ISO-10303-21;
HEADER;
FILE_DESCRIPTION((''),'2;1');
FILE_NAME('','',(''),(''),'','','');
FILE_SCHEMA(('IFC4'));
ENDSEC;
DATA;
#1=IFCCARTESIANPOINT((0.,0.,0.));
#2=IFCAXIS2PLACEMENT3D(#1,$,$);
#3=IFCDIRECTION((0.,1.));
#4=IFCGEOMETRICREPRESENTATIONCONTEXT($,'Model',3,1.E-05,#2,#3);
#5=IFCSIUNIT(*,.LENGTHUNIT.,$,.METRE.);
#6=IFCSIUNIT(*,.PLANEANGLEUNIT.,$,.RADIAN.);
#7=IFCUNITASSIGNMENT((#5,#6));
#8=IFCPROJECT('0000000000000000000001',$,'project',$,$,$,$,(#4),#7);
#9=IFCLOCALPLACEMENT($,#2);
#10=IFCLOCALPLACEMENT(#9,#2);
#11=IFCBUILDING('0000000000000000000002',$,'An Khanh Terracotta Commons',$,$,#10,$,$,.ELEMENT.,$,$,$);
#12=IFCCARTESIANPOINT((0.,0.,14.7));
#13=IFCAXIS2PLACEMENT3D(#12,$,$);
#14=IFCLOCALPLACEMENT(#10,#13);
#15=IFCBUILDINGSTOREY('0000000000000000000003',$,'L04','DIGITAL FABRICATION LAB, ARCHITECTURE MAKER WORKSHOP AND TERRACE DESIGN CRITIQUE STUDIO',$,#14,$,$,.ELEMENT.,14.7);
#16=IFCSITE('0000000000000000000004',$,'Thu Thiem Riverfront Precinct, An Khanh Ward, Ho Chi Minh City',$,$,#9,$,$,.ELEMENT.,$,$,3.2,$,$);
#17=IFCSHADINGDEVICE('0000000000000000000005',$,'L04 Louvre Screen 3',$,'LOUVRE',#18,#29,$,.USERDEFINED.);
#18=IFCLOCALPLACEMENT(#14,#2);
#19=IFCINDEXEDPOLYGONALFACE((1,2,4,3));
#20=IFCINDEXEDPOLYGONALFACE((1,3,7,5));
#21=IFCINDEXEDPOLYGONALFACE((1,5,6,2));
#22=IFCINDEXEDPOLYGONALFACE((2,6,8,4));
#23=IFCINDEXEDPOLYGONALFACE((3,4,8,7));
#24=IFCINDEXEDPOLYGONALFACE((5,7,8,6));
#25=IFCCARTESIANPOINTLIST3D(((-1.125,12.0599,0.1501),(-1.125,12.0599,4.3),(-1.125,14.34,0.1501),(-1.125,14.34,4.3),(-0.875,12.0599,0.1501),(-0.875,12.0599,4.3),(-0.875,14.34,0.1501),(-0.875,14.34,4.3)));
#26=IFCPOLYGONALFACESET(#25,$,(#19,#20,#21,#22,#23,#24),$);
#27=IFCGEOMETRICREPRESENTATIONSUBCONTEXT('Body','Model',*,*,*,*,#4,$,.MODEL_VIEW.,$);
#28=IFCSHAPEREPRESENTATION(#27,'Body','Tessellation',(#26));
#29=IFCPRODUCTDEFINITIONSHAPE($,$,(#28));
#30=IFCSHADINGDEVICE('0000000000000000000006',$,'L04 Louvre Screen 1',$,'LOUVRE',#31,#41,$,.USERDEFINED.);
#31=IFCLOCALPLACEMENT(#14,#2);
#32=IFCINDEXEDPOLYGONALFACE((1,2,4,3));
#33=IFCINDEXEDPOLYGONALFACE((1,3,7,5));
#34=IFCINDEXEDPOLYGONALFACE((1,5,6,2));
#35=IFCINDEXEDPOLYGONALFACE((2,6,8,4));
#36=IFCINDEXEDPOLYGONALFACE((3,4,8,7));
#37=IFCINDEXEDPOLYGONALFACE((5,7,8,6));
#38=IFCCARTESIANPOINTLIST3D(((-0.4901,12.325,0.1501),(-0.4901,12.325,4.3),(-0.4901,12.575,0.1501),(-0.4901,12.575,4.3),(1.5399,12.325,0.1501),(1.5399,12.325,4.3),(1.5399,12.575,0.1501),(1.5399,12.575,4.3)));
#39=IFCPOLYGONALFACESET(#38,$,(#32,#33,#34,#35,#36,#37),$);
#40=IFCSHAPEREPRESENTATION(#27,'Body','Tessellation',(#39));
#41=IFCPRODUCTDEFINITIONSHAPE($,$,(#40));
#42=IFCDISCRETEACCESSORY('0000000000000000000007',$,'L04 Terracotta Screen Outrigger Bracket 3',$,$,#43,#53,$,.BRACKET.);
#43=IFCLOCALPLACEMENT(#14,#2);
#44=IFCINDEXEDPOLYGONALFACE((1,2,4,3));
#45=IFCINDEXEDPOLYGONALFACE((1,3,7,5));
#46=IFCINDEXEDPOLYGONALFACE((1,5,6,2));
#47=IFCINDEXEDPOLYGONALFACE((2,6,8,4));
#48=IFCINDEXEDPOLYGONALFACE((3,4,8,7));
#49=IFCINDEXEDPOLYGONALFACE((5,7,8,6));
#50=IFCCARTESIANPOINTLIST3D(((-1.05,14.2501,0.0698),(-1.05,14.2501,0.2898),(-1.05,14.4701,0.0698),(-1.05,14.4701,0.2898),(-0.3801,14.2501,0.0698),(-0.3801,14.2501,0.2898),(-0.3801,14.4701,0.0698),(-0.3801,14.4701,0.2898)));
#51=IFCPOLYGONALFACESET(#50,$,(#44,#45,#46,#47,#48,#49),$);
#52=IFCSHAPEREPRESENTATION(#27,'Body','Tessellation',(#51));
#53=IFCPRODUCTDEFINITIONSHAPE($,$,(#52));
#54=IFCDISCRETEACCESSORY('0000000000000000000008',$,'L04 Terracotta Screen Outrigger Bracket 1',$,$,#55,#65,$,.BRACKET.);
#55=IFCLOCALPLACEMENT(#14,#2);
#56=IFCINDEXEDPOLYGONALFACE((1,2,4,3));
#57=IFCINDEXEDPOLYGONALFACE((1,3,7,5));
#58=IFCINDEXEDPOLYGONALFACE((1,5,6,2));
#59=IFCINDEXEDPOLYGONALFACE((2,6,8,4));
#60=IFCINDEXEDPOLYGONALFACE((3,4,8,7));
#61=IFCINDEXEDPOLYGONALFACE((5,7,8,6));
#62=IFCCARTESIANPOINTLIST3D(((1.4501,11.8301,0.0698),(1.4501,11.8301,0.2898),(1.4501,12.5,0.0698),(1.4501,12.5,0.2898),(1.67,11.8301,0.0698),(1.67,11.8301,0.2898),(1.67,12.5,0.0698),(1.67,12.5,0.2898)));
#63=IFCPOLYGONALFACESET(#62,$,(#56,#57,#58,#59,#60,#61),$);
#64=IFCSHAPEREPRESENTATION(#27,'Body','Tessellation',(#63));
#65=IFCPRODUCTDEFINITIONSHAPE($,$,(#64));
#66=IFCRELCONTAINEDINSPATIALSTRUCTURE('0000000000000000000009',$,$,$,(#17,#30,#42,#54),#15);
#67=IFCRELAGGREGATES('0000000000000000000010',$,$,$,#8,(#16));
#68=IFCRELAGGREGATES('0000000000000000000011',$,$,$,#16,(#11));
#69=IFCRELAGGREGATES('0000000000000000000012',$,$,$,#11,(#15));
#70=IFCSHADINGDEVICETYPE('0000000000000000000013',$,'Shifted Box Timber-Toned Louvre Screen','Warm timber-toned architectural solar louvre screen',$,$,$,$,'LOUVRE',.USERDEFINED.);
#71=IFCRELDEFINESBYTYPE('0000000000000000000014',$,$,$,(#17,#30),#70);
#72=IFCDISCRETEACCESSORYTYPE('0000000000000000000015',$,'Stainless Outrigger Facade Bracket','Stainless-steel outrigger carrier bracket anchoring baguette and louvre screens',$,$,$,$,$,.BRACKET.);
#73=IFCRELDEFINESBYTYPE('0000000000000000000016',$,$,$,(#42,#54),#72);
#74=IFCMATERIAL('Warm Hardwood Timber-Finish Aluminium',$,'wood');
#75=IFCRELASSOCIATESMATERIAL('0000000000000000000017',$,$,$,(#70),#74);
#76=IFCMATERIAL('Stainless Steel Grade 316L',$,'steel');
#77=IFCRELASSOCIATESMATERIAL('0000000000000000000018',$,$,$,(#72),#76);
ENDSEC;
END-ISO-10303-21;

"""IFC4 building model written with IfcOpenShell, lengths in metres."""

from ifc_helpers import new_model, si_unit, direction, frame, origin, origin_2d, place, context, subcontext, project, spatial, rectangle, extrude, material, type_object, element, save


model = new_model("IFC4")

# Units and contexts
model_context = context("Model", 3, precision=1e-05, world=origin(), true_north=direction((0.0, 1.0)))
body_context = subcontext(model_context, "Body", "Model", "MODEL_VIEW")
ifc_project = project(units=[si_unit("LENGTHUNIT", "METRE"), si_unit("PLANEANGLEUNIT", "RADIAN")], contexts=[model_context])

# Site, building, storey
site_placement = place(None, origin())
site = spatial("IfcSite", under=ifc_project, at=site_placement, Name="Thu Thiem Riverfront Precinct, An Khanh Ward, Ho Chi Minh City", CompositionType="ELEMENT", RefElevation=3.2)
building_placement = place(site_placement, origin())
building = spatial("IfcBuilding", under=site, at=building_placement, Name="An Khanh Terracotta Commons", CompositionType="ELEMENT")
storey_placement = place(building_placement, frame((0.0, 0.0, 14.7)))
storey = spatial("IfcBuildingStorey", under=building, at=storey_placement, Name="L04", Description="DIGITAL FABRICATION LAB, ARCHITECTURE MAKER WORKSHOP AND TERRACE DESIGN CRITIQUE STUDIO", CompositionType="ELEMENT", Elevation=14.7)

# Shading devices
ifc_material_1 = material(Name="Warm Hardwood Timber-Finish Aluminium", Category="wood")
shading_device_type = type_object("IfcShadingDeviceType", Name="Shifted Box Timber-Toned Louvre Screen", Description="Warm timber-toned architectural solar louvre screen", ElementType="LOUVRE", PredefinedType="USERDEFINED", material=ifc_material_1)
for number, where, z_axis, x_axis, name in (
    (1, (-1.0, 13.2, 0.1501), (0.0, 0.0, 1.0), (0.0, -1.0, 0.0), "L04 Louvre Screen 3"),
):
    element("IfcShadingDevice", number, at=place(storey_placement, frame(where, z_axis=z_axis, x_axis=x_axis)), inside=storey, type_object=shading_device_type, Name=name, ObjectType="LOUVRE", PredefinedType="USERDEFINED", context=body_context, shape_type="SweptSolid", body=[
        extrude(rectangle(XDim=2.28, YDim=0.25, at=origin_2d()), origin(), (0.0, 0.0, 1.0), 4.1499),
    ])
shading_device_placement = place(storey_placement, frame((0.5249, 12.45, 0.1501), z_axis=(0.0, 0.0, 1.0), x_axis=(-1.0, 0.0, 0.0)))
element("IfcShadingDevice", 2, at=shading_device_placement, inside=storey, type_object=shading_device_type, Name="L04 Louvre Screen 1", ObjectType="LOUVRE", PredefinedType="USERDEFINED", context=body_context, shape_type="SweptSolid", body=[
    extrude(rectangle(XDim=2.03, YDim=0.25, at=origin_2d()), origin(), (0.0, 0.0, 1.0), 4.1499),
])

# Discrete accessories
ifc_material_2 = material(Name="Stainless Steel Grade 316L", Category="steel")
discrete_accessory_type = type_object("IfcDiscreteAccessoryType", Name="Stainless Outrigger Facade Bracket", Description="Stainless-steel outrigger carrier bracket anchoring baguette and louvre screens", PredefinedType="BRACKET", material=ifc_material_2)
for number, where, z_axis, x_axis, name in (
    (3, (-0.7151, 14.3601, 0.0698), (0.0, 0.0, 1.0), (0.0, -1.0, 0.0), "L04 Terracotta Screen Outrigger Bracket 3"),
    (4, (1.5601, 12.165, 0.0698), (0.0, 0.0, 1.0), (-1.0, 0.0, 0.0), "L04 Terracotta Screen Outrigger Bracket 1"),
):
    element("IfcDiscreteAccessory", number, at=place(storey_placement, frame(where, z_axis=z_axis, x_axis=x_axis)), inside=storey, type_object=discrete_accessory_type, Name=name, PredefinedType="BRACKET", context=body_context, shape_type="SweptSolid", body=[
        extrude(rectangle(XDim=0.22, YDim=0.6699, at=origin_2d()), origin(), (0.0, 0.0, 1.0), 0.22),
    ])

save(model, "model.ifc")
